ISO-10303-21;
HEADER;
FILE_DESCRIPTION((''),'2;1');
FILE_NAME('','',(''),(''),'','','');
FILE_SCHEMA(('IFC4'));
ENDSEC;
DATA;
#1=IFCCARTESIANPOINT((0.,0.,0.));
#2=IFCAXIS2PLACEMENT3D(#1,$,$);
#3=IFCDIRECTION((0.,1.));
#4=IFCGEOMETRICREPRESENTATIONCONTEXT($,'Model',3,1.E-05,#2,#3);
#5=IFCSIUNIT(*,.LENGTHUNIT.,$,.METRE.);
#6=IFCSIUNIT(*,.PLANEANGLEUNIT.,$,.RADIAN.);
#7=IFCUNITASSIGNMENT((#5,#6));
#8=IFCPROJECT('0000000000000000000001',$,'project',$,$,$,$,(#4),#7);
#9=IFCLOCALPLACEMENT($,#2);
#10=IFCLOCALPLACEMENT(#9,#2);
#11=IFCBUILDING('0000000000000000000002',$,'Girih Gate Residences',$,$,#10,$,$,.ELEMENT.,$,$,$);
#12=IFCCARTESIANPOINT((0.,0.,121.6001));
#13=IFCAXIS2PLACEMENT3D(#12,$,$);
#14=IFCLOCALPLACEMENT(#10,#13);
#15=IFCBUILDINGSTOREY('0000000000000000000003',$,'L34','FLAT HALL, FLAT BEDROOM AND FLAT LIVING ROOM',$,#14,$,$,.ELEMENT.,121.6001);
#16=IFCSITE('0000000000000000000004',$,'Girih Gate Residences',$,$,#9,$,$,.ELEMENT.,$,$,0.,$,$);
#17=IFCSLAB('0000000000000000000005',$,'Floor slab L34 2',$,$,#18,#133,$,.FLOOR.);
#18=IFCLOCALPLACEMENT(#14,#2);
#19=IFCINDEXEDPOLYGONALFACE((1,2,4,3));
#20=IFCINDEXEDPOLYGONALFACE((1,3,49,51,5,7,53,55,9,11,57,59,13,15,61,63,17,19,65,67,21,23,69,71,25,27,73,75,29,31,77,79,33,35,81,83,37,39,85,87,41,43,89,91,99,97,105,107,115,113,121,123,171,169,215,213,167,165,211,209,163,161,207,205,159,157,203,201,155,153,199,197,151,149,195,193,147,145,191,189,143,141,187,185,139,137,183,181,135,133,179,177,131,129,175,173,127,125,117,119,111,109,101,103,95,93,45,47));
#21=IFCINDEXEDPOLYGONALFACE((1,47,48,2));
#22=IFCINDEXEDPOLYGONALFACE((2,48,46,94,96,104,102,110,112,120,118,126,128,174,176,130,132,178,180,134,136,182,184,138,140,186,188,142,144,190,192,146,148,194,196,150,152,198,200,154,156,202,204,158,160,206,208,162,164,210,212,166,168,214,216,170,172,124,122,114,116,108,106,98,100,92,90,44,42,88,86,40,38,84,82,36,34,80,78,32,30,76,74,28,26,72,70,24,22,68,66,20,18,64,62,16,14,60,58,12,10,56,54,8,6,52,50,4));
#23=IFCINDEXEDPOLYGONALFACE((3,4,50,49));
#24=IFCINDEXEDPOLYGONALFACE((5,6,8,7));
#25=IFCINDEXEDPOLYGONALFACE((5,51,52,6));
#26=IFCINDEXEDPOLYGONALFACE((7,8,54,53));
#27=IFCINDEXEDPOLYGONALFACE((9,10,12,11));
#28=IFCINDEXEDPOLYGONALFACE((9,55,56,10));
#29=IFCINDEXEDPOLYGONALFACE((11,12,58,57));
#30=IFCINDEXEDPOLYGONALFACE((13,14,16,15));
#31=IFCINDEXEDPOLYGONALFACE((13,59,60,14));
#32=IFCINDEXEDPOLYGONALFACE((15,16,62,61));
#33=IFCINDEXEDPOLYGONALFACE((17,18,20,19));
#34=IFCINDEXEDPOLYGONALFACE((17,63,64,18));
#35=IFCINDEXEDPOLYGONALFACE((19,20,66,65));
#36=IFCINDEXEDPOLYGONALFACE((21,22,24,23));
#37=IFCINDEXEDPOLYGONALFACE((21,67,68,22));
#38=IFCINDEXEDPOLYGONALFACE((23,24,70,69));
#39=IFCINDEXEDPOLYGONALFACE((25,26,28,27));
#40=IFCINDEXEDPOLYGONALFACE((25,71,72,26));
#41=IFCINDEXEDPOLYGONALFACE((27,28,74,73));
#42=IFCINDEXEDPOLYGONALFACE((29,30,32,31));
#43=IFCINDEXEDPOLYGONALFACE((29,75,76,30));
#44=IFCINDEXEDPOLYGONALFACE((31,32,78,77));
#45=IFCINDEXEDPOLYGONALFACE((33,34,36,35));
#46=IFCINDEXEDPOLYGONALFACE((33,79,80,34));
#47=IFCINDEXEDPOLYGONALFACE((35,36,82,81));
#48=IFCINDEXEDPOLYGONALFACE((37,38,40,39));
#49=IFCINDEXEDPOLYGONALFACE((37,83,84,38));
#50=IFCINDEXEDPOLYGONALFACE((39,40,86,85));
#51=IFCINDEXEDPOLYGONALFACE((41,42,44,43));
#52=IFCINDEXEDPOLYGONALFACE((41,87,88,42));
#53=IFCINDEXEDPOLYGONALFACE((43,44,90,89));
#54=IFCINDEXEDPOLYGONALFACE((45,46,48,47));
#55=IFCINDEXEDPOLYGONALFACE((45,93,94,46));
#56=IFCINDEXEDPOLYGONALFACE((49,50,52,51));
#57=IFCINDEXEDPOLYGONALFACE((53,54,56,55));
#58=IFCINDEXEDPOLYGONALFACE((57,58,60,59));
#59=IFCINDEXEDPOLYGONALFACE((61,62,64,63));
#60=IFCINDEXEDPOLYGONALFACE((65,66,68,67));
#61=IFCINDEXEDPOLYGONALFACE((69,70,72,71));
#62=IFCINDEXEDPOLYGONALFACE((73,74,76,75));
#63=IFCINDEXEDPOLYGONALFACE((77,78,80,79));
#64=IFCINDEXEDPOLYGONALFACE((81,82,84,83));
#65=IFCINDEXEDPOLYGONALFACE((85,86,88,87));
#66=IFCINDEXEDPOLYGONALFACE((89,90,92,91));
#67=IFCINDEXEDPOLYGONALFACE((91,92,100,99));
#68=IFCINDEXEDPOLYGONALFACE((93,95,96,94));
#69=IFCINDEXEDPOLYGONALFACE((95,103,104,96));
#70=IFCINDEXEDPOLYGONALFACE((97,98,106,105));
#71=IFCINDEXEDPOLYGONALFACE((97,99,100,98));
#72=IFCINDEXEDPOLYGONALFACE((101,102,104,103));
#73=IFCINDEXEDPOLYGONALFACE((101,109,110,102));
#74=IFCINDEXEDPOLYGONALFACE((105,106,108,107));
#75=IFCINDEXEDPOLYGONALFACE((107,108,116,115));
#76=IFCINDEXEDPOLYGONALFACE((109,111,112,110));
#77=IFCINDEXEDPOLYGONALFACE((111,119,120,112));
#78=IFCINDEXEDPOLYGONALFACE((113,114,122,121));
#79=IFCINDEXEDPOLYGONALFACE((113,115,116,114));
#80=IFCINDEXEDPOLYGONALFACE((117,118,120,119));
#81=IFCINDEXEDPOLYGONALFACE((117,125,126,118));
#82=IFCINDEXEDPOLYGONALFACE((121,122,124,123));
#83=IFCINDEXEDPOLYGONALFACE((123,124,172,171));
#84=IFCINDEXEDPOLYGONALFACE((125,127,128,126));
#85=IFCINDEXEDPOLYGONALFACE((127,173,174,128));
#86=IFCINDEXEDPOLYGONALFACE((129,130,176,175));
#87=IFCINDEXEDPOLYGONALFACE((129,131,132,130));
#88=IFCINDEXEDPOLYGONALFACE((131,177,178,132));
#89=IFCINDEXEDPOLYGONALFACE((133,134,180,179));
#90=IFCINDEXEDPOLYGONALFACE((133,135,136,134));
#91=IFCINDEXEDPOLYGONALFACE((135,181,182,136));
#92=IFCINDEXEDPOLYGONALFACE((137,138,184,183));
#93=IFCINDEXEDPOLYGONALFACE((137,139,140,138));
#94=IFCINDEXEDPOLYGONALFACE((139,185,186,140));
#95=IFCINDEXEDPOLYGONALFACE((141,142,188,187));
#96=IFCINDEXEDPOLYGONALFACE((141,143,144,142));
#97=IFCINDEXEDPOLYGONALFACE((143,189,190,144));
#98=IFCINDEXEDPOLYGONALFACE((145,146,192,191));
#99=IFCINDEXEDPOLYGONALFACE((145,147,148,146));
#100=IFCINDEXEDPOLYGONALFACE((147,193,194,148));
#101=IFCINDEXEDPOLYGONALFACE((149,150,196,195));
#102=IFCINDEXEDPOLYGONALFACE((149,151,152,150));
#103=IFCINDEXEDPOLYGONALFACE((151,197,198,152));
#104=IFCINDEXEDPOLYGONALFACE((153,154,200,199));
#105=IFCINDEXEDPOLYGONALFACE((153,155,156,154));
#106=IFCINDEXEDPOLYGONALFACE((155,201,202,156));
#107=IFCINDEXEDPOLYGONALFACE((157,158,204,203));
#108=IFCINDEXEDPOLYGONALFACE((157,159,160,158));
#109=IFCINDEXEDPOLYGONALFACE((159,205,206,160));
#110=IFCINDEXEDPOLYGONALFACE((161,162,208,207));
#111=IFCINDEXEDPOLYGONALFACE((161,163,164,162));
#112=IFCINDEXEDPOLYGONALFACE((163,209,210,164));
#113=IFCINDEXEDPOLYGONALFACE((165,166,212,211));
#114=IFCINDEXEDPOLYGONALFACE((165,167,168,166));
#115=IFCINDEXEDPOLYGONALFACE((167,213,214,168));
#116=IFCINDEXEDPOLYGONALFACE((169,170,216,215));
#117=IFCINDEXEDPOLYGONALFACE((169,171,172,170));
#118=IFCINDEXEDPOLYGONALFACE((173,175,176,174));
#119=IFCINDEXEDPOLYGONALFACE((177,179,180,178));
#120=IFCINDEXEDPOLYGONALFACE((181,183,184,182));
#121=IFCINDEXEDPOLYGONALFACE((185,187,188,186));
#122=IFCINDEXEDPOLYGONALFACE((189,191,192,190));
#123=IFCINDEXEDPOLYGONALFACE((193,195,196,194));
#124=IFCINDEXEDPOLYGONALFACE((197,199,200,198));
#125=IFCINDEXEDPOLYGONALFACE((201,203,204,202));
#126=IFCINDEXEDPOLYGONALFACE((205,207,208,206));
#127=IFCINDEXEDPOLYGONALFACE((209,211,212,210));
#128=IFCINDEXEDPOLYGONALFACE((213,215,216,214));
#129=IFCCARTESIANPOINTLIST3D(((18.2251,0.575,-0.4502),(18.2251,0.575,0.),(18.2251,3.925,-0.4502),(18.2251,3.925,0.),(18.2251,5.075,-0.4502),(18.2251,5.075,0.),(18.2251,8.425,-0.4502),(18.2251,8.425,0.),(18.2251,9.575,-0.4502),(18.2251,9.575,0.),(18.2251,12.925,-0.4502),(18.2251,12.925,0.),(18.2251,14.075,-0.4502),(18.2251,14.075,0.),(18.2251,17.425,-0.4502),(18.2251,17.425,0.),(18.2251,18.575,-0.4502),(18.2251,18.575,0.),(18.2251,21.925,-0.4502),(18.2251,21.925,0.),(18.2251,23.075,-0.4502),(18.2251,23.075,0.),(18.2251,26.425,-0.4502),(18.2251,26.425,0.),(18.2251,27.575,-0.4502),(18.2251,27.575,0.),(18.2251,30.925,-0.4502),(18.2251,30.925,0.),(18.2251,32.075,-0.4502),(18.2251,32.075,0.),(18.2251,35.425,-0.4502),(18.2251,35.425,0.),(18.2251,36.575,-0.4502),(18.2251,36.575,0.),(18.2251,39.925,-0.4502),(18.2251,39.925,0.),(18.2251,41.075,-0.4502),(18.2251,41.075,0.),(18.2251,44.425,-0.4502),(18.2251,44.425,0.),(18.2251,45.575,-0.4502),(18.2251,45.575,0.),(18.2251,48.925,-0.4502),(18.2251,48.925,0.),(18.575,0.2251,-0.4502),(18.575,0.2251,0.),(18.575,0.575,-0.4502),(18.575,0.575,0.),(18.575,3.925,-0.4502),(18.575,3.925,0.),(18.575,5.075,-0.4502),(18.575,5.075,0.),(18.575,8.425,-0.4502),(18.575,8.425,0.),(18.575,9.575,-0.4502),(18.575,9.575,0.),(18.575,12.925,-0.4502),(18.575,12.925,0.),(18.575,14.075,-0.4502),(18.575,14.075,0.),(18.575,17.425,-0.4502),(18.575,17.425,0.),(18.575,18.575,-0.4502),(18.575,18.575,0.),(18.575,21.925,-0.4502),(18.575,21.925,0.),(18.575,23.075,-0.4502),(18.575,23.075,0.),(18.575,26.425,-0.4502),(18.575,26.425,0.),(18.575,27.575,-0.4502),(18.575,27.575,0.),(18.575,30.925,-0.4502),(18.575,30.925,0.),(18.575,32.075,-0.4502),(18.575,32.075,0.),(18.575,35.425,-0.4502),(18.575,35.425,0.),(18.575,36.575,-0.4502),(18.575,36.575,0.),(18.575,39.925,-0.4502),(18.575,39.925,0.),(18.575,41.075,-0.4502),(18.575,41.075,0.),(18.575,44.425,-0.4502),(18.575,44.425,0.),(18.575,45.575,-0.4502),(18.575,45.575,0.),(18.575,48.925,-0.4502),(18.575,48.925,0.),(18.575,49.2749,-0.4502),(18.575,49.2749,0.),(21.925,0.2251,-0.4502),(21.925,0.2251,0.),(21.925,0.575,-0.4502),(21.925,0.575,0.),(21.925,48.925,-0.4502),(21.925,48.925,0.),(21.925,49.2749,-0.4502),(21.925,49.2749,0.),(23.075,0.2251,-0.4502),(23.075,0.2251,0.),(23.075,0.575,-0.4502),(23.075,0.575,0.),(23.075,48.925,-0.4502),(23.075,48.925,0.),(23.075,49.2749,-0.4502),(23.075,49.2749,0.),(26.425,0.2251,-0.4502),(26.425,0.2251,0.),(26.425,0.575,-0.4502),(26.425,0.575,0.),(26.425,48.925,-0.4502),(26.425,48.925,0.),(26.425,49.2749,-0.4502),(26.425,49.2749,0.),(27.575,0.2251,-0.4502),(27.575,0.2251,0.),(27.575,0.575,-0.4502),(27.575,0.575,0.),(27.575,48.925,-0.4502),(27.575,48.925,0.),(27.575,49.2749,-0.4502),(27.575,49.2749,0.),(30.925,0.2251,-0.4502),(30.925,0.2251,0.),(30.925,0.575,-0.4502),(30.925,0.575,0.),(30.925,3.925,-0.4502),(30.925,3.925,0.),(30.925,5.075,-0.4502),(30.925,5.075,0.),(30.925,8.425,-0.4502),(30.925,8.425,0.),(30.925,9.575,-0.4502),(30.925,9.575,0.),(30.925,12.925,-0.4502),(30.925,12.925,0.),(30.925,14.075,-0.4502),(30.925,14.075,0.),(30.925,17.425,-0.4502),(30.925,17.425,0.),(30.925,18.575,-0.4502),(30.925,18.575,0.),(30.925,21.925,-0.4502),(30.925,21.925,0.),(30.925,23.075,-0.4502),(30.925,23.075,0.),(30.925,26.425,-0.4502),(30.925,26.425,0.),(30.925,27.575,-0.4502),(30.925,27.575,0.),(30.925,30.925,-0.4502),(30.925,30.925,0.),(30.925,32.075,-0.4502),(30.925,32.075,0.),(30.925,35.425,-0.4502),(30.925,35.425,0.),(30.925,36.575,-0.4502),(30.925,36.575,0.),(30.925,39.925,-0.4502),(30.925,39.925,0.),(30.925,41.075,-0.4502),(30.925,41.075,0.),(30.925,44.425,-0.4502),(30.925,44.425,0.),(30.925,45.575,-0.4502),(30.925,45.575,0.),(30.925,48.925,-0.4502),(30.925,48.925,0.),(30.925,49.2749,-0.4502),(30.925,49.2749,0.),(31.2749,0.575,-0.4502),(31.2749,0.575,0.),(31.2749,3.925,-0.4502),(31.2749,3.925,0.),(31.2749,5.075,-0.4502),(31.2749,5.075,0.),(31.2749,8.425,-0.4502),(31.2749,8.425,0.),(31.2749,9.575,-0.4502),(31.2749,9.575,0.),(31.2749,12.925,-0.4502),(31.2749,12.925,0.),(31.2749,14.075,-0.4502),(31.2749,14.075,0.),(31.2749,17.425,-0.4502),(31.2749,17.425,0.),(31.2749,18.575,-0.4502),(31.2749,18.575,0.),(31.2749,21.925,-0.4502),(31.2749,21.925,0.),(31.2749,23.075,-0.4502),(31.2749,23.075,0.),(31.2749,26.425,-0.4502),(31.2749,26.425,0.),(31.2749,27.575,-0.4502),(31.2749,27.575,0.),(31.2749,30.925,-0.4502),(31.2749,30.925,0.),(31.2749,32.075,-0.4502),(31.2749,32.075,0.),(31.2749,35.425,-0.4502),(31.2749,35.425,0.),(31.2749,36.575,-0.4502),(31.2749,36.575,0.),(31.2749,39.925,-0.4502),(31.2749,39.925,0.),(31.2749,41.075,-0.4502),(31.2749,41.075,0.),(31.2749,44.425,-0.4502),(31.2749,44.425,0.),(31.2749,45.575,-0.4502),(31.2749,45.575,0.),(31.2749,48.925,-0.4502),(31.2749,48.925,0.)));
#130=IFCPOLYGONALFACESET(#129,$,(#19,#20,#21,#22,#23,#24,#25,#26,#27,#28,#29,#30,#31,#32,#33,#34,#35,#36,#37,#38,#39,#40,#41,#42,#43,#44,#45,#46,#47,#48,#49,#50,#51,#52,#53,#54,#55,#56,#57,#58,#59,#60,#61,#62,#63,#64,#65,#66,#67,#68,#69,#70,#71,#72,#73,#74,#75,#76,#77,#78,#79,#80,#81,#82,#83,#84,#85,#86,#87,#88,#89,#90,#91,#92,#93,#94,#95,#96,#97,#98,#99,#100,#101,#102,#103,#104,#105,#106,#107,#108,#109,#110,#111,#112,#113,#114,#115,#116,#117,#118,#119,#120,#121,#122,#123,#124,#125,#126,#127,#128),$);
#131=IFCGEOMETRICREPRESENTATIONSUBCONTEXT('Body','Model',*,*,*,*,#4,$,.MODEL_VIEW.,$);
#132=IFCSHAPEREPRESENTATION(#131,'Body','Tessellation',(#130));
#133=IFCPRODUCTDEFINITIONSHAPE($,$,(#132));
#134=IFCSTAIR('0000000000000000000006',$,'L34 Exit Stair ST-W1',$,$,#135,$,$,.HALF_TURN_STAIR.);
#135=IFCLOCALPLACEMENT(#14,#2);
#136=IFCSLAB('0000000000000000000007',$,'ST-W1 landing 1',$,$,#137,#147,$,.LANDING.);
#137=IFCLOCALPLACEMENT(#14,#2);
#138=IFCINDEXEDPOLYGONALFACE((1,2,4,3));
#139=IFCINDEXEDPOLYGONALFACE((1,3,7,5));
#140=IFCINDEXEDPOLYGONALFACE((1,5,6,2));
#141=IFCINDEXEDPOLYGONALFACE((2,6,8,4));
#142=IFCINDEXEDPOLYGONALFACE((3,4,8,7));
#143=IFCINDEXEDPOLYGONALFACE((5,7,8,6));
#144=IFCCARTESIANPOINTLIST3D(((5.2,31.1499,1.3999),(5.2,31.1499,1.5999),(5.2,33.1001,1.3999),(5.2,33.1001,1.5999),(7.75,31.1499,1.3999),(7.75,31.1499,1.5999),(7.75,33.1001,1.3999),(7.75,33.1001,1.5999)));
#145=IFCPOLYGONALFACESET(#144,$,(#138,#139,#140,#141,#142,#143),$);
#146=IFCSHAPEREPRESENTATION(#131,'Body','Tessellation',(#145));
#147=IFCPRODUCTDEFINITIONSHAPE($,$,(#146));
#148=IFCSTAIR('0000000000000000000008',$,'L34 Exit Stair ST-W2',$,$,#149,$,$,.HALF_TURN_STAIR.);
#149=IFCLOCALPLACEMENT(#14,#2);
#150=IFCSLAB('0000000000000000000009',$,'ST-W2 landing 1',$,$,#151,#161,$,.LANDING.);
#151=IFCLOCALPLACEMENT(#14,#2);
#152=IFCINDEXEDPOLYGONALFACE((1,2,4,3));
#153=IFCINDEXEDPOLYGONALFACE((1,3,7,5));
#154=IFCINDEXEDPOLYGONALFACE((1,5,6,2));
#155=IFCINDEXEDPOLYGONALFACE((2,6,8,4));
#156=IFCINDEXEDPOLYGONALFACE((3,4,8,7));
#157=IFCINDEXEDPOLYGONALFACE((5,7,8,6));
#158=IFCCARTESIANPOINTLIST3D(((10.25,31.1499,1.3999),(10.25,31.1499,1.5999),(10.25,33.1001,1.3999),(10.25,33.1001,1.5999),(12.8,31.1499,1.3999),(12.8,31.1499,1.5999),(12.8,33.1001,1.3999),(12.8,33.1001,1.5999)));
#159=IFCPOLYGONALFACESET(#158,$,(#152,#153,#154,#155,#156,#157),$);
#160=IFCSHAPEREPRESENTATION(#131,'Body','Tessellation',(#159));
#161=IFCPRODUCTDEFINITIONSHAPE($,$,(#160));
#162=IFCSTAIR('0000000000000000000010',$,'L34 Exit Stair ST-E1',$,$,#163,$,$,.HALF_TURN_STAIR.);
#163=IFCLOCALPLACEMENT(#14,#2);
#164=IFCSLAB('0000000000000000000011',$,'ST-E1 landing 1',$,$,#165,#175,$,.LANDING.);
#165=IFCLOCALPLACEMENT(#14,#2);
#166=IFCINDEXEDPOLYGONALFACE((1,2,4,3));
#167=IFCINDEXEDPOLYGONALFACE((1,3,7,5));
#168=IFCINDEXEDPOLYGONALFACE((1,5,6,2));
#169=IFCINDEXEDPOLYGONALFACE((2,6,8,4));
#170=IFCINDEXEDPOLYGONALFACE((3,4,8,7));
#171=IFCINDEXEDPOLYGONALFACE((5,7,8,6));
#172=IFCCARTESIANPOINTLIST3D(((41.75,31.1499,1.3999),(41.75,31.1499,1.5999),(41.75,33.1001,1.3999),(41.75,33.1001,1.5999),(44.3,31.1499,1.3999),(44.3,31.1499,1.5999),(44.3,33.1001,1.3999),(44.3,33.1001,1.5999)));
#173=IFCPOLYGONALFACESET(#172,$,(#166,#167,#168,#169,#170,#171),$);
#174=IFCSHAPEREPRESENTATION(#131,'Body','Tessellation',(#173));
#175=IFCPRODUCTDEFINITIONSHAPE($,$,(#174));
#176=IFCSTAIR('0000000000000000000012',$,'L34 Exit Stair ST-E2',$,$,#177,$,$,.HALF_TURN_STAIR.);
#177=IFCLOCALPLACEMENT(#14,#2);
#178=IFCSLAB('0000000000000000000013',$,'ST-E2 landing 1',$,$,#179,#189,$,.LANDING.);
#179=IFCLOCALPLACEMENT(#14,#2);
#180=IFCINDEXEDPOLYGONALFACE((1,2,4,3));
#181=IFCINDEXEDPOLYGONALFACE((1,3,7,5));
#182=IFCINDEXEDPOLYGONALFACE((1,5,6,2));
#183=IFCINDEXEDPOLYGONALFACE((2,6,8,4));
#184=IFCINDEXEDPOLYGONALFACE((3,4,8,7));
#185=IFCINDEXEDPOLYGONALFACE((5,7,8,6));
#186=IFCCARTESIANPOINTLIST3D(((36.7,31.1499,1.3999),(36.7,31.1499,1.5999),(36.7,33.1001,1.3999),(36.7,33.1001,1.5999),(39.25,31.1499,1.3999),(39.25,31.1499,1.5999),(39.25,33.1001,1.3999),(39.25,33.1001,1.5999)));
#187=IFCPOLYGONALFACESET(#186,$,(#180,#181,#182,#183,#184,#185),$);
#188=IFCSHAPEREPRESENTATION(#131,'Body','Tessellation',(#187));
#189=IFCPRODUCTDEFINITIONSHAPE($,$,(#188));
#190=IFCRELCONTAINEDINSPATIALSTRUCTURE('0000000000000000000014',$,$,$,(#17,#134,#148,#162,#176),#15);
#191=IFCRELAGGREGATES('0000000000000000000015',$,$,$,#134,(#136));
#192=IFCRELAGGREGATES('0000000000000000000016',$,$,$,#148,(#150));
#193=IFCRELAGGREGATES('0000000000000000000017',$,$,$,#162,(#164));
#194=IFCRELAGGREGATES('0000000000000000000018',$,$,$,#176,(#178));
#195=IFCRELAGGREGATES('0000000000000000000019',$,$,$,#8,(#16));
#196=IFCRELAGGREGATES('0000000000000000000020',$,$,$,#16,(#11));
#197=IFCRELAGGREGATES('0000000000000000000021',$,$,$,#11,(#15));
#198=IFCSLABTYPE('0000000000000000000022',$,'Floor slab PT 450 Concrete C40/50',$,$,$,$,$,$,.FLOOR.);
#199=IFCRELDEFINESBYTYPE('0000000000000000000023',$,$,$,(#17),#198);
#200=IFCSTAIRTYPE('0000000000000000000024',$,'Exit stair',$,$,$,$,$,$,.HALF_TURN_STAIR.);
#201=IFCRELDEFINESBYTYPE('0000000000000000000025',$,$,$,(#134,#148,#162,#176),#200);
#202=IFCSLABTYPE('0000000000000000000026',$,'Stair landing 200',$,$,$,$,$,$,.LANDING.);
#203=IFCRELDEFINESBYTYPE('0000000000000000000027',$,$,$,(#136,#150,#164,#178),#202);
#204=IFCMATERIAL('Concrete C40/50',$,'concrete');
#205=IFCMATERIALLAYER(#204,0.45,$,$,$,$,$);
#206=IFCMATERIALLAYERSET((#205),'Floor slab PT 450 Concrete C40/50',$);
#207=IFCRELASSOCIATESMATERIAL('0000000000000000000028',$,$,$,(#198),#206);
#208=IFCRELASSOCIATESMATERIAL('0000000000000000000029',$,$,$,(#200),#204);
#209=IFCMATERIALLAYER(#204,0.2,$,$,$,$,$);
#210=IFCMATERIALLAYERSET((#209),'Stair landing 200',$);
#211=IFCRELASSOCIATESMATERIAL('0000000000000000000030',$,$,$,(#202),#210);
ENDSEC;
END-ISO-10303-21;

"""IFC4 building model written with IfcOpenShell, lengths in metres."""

from ifc_helpers import new_model, si_unit, direction, frame, origin, place, context, subcontext, project, spatial, polyline, outline, extrude, material, layer, layer_set, type_object, element, aggregate, save


model = new_model("IFC4")

# Units and contexts
model_context = context("Model", 3, precision=1e-05, world=origin(), true_north=direction((0.0, 1.0)))
body_context = subcontext(model_context, "Body", "Model", "MODEL_VIEW")
ifc_project = project(units=[si_unit("LENGTHUNIT", "METRE"), si_unit("PLANEANGLEUNIT", "RADIAN")], contexts=[model_context])

# Site, building, storey
site_placement = place(None, origin())
site = spatial("IfcSite", under=ifc_project, at=site_placement, Name="Girih Gate Residences", CompositionType="ELEMENT", RefElevation=0.0)
building_placement = place(site_placement, origin())
building = spatial("IfcBuilding", under=site, at=building_placement, Name="Girih Gate Residences", CompositionType="ELEMENT")
storey_placement = place(building_placement, frame((0.0, 0.0, 121.6001)))
storey = spatial("IfcBuildingStorey", under=building, at=storey_placement, Name="L34", Description="FLAT HALL, FLAT BEDROOM AND FLAT LIVING ROOM", CompositionType="ELEMENT", Elevation=121.6001)

# Slab
ifc_material_1 = material(Name="Concrete C40/50", Category="concrete")
ifc_layer_1 = layer(ifc_material_1, 0.45)
ifc_layer_set_1 = layer_set([ifc_layer_1], Name="Floor slab PT 450 Concrete C40/50")
slab_type_1 = type_object("IfcSlabType", Name="Floor slab PT 450 Concrete C40/50", PredefinedType="FLOOR", material=ifc_layer_set_1)
slab_1_placement = place(storey_placement, frame((0.0, 0.0, -0.4502)))
element("IfcSlab", 1, at=slab_1_placement, inside=storey, type_object=slab_type_1, Name="Floor slab L34 2", PredefinedType="FLOOR", context=body_context, shape_type="SweptSolid", body=[
    extrude(outline(polyline([(21.925, 49.2749), (18.575, 49.2749), (18.575, 48.925), (18.2251, 48.925), (18.2251, 45.575), (18.575, 45.575), (18.575, 44.425), (18.2251, 44.425), (18.2251, 41.075), (18.575, 41.075), (18.575, 39.925), (18.2251, 39.925), (18.2251, 36.575), (18.575, 36.575), (18.575, 35.425), (18.2251, 35.425), (18.2251, 32.075), (18.575, 32.075), (18.575, 30.925), (18.2251, 30.925), (18.2251, 27.575), (18.575, 27.575), (18.575, 26.425), (18.2251, 26.425), (18.2251, 23.075), (18.575, 23.075), (18.575, 21.925), (18.2251, 21.925), (18.2251, 18.575), (18.575, 18.575), (18.575, 17.425), (18.2251, 17.425), (18.2251, 14.075), (18.575, 14.075), (18.575, 12.925), (18.2251, 12.925), (18.2251, 9.575), (18.575, 9.575), (18.575, 8.425), (18.2251, 8.425), (18.2251, 5.075), (18.575, 5.075), (18.575, 3.925), (18.2251, 3.925), (18.2251, 0.575), (18.575, 0.575), (18.575, 0.2251), (21.925, 0.2251), (21.925, 0.575), (23.075, 0.575), (23.075, 0.2251), (26.425, 0.2251), (26.425, 0.575), (27.575, 0.575), (27.575, 0.2251), (30.925, 0.2251), (30.925, 0.575), (31.2749, 0.575), (31.2749, 3.925), (30.925, 3.925), (30.925, 5.075), (31.2749, 5.075), (31.2749, 8.425), (30.925, 8.425), (30.925, 9.575), (31.2749, 9.575), (31.2749, 12.925), (30.925, 12.925), (30.925, 14.075), (31.2749, 14.075), (31.2749, 17.425), (30.925, 17.425), (30.925, 18.575), (31.2749, 18.575), (31.2749, 21.925), (30.925, 21.925), (30.925, 23.075), (31.2749, 23.075), (31.2749, 26.425), (30.925, 26.425), (30.925, 27.575), (31.2749, 27.575), (31.2749, 30.925), (30.925, 30.925), (30.925, 32.075), (31.2749, 32.075), (31.2749, 35.425), (30.925, 35.425), (30.925, 36.575), (31.2749, 36.575), (31.2749, 39.925), (30.925, 39.925), (30.925, 41.075), (31.2749, 41.075), (31.2749, 44.425), (30.925, 44.425), (30.925, 45.575), (31.2749, 45.575), (31.2749, 48.925), (30.925, 48.925), (30.925, 49.2749), (27.575, 49.2749), (27.575, 48.925), (26.425, 48.925), (26.425, 49.2749), (23.075, 49.2749), (23.075, 48.925), (21.925, 48.925), (21.925, 49.2749)])), origin(), (0.0, 0.0, 1.0), 0.4502),
])

# Stairs, slabs
stair_type = type_object("IfcStairType", Name="Exit stair", PredefinedType="HALF_TURN_STAIR", material=ifc_material_1)
stair_1_placement = place(storey_placement, origin())
stair_1 = element("IfcStair", 2, at=stair_1_placement, inside=storey, type_object=stair_type, Name="L34 Exit Stair ST-W1", PredefinedType="HALF_TURN_STAIR")
ifc_layer_2 = layer(ifc_material_1, 0.2)
ifc_layer_set_2 = layer_set([ifc_layer_2], Name="Stair landing 200")
slab_type_2 = type_object("IfcSlabType", Name="Stair landing 200", PredefinedType="LANDING", material=ifc_layer_set_2)
slab_2_placement = place(storey_placement, frame((0.0, 0.0, 1.3999)))
slab_2 = element("IfcSlab", 3, at=slab_2_placement, type_object=slab_type_2, Name="ST-W1 landing 1", PredefinedType="LANDING", context=body_context, shape_type="SweptSolid", body=[
    extrude(outline(polyline([(7.75, 31.1499), (7.75, 33.1001), (5.2, 33.1001), (5.2, 31.1499), (7.75, 31.1499)])), origin(), (0.0, 0.0, 1.0), 0.2),
])
aggregate(stair_1, [slab_2])
stair_2_placement = place(storey_placement, origin())
stair_2 = element("IfcStair", 4, at=stair_2_placement, inside=storey, type_object=stair_type, Name="L34 Exit Stair ST-W2", PredefinedType="HALF_TURN_STAIR")
slab_3_placement = place(storey_placement, frame((0.0, 0.0, 1.3999)))
slab_3 = element("IfcSlab", 5, at=slab_3_placement, type_object=slab_type_2, Name="ST-W2 landing 1", PredefinedType="LANDING", context=body_context, shape_type="SweptSolid", body=[
    extrude(outline(polyline([(12.8, 31.1499), (12.8, 33.1001), (10.25, 33.1001), (10.25, 31.1499), (12.8, 31.1499)])), origin(), (0.0, 0.0, 1.0), 0.2),
])
aggregate(stair_2, [slab_3])
stair_3_placement = place(storey_placement, origin())
stair_3 = element("IfcStair", 6, at=stair_3_placement, inside=storey, type_object=stair_type, Name="L34 Exit Stair ST-E1", PredefinedType="HALF_TURN_STAIR")
slab_4_placement = place(storey_placement, frame((0.0, 0.0, 1.3999)))
slab_4 = element("IfcSlab", 7, at=slab_4_placement, type_object=slab_type_2, Name="ST-E1 landing 1", PredefinedType="LANDING", context=body_context, shape_type="SweptSolid", body=[
    extrude(outline(polyline([(44.3, 31.1499), (44.3, 33.1001), (41.75, 33.1001), (41.75, 31.1499), (44.3, 31.1499)])), origin(), (0.0, 0.0, 1.0), 0.2),
])
aggregate(stair_3, [slab_4])
stair_4_placement = place(storey_placement, origin())
stair_4 = element("IfcStair", 8, at=stair_4_placement, inside=storey, type_object=stair_type, Name="L34 Exit Stair ST-E2", PredefinedType="HALF_TURN_STAIR")
slab_5_placement = place(storey_placement, frame((0.0, 0.0, 1.3999)))
slab_5 = element("IfcSlab", 9, at=slab_5_placement, type_object=slab_type_2, Name="ST-E2 landing 1", PredefinedType="LANDING", context=body_context, shape_type="SweptSolid", body=[
    extrude(outline(polyline([(39.25, 31.1499), (39.25, 33.1001), (36.7, 33.1001), (36.7, 31.1499), (39.25, 31.1499)])), origin(), (0.0, 0.0, 1.0), 0.2),
])
aggregate(stair_4, [slab_5])

save(model, "model.ifc")
